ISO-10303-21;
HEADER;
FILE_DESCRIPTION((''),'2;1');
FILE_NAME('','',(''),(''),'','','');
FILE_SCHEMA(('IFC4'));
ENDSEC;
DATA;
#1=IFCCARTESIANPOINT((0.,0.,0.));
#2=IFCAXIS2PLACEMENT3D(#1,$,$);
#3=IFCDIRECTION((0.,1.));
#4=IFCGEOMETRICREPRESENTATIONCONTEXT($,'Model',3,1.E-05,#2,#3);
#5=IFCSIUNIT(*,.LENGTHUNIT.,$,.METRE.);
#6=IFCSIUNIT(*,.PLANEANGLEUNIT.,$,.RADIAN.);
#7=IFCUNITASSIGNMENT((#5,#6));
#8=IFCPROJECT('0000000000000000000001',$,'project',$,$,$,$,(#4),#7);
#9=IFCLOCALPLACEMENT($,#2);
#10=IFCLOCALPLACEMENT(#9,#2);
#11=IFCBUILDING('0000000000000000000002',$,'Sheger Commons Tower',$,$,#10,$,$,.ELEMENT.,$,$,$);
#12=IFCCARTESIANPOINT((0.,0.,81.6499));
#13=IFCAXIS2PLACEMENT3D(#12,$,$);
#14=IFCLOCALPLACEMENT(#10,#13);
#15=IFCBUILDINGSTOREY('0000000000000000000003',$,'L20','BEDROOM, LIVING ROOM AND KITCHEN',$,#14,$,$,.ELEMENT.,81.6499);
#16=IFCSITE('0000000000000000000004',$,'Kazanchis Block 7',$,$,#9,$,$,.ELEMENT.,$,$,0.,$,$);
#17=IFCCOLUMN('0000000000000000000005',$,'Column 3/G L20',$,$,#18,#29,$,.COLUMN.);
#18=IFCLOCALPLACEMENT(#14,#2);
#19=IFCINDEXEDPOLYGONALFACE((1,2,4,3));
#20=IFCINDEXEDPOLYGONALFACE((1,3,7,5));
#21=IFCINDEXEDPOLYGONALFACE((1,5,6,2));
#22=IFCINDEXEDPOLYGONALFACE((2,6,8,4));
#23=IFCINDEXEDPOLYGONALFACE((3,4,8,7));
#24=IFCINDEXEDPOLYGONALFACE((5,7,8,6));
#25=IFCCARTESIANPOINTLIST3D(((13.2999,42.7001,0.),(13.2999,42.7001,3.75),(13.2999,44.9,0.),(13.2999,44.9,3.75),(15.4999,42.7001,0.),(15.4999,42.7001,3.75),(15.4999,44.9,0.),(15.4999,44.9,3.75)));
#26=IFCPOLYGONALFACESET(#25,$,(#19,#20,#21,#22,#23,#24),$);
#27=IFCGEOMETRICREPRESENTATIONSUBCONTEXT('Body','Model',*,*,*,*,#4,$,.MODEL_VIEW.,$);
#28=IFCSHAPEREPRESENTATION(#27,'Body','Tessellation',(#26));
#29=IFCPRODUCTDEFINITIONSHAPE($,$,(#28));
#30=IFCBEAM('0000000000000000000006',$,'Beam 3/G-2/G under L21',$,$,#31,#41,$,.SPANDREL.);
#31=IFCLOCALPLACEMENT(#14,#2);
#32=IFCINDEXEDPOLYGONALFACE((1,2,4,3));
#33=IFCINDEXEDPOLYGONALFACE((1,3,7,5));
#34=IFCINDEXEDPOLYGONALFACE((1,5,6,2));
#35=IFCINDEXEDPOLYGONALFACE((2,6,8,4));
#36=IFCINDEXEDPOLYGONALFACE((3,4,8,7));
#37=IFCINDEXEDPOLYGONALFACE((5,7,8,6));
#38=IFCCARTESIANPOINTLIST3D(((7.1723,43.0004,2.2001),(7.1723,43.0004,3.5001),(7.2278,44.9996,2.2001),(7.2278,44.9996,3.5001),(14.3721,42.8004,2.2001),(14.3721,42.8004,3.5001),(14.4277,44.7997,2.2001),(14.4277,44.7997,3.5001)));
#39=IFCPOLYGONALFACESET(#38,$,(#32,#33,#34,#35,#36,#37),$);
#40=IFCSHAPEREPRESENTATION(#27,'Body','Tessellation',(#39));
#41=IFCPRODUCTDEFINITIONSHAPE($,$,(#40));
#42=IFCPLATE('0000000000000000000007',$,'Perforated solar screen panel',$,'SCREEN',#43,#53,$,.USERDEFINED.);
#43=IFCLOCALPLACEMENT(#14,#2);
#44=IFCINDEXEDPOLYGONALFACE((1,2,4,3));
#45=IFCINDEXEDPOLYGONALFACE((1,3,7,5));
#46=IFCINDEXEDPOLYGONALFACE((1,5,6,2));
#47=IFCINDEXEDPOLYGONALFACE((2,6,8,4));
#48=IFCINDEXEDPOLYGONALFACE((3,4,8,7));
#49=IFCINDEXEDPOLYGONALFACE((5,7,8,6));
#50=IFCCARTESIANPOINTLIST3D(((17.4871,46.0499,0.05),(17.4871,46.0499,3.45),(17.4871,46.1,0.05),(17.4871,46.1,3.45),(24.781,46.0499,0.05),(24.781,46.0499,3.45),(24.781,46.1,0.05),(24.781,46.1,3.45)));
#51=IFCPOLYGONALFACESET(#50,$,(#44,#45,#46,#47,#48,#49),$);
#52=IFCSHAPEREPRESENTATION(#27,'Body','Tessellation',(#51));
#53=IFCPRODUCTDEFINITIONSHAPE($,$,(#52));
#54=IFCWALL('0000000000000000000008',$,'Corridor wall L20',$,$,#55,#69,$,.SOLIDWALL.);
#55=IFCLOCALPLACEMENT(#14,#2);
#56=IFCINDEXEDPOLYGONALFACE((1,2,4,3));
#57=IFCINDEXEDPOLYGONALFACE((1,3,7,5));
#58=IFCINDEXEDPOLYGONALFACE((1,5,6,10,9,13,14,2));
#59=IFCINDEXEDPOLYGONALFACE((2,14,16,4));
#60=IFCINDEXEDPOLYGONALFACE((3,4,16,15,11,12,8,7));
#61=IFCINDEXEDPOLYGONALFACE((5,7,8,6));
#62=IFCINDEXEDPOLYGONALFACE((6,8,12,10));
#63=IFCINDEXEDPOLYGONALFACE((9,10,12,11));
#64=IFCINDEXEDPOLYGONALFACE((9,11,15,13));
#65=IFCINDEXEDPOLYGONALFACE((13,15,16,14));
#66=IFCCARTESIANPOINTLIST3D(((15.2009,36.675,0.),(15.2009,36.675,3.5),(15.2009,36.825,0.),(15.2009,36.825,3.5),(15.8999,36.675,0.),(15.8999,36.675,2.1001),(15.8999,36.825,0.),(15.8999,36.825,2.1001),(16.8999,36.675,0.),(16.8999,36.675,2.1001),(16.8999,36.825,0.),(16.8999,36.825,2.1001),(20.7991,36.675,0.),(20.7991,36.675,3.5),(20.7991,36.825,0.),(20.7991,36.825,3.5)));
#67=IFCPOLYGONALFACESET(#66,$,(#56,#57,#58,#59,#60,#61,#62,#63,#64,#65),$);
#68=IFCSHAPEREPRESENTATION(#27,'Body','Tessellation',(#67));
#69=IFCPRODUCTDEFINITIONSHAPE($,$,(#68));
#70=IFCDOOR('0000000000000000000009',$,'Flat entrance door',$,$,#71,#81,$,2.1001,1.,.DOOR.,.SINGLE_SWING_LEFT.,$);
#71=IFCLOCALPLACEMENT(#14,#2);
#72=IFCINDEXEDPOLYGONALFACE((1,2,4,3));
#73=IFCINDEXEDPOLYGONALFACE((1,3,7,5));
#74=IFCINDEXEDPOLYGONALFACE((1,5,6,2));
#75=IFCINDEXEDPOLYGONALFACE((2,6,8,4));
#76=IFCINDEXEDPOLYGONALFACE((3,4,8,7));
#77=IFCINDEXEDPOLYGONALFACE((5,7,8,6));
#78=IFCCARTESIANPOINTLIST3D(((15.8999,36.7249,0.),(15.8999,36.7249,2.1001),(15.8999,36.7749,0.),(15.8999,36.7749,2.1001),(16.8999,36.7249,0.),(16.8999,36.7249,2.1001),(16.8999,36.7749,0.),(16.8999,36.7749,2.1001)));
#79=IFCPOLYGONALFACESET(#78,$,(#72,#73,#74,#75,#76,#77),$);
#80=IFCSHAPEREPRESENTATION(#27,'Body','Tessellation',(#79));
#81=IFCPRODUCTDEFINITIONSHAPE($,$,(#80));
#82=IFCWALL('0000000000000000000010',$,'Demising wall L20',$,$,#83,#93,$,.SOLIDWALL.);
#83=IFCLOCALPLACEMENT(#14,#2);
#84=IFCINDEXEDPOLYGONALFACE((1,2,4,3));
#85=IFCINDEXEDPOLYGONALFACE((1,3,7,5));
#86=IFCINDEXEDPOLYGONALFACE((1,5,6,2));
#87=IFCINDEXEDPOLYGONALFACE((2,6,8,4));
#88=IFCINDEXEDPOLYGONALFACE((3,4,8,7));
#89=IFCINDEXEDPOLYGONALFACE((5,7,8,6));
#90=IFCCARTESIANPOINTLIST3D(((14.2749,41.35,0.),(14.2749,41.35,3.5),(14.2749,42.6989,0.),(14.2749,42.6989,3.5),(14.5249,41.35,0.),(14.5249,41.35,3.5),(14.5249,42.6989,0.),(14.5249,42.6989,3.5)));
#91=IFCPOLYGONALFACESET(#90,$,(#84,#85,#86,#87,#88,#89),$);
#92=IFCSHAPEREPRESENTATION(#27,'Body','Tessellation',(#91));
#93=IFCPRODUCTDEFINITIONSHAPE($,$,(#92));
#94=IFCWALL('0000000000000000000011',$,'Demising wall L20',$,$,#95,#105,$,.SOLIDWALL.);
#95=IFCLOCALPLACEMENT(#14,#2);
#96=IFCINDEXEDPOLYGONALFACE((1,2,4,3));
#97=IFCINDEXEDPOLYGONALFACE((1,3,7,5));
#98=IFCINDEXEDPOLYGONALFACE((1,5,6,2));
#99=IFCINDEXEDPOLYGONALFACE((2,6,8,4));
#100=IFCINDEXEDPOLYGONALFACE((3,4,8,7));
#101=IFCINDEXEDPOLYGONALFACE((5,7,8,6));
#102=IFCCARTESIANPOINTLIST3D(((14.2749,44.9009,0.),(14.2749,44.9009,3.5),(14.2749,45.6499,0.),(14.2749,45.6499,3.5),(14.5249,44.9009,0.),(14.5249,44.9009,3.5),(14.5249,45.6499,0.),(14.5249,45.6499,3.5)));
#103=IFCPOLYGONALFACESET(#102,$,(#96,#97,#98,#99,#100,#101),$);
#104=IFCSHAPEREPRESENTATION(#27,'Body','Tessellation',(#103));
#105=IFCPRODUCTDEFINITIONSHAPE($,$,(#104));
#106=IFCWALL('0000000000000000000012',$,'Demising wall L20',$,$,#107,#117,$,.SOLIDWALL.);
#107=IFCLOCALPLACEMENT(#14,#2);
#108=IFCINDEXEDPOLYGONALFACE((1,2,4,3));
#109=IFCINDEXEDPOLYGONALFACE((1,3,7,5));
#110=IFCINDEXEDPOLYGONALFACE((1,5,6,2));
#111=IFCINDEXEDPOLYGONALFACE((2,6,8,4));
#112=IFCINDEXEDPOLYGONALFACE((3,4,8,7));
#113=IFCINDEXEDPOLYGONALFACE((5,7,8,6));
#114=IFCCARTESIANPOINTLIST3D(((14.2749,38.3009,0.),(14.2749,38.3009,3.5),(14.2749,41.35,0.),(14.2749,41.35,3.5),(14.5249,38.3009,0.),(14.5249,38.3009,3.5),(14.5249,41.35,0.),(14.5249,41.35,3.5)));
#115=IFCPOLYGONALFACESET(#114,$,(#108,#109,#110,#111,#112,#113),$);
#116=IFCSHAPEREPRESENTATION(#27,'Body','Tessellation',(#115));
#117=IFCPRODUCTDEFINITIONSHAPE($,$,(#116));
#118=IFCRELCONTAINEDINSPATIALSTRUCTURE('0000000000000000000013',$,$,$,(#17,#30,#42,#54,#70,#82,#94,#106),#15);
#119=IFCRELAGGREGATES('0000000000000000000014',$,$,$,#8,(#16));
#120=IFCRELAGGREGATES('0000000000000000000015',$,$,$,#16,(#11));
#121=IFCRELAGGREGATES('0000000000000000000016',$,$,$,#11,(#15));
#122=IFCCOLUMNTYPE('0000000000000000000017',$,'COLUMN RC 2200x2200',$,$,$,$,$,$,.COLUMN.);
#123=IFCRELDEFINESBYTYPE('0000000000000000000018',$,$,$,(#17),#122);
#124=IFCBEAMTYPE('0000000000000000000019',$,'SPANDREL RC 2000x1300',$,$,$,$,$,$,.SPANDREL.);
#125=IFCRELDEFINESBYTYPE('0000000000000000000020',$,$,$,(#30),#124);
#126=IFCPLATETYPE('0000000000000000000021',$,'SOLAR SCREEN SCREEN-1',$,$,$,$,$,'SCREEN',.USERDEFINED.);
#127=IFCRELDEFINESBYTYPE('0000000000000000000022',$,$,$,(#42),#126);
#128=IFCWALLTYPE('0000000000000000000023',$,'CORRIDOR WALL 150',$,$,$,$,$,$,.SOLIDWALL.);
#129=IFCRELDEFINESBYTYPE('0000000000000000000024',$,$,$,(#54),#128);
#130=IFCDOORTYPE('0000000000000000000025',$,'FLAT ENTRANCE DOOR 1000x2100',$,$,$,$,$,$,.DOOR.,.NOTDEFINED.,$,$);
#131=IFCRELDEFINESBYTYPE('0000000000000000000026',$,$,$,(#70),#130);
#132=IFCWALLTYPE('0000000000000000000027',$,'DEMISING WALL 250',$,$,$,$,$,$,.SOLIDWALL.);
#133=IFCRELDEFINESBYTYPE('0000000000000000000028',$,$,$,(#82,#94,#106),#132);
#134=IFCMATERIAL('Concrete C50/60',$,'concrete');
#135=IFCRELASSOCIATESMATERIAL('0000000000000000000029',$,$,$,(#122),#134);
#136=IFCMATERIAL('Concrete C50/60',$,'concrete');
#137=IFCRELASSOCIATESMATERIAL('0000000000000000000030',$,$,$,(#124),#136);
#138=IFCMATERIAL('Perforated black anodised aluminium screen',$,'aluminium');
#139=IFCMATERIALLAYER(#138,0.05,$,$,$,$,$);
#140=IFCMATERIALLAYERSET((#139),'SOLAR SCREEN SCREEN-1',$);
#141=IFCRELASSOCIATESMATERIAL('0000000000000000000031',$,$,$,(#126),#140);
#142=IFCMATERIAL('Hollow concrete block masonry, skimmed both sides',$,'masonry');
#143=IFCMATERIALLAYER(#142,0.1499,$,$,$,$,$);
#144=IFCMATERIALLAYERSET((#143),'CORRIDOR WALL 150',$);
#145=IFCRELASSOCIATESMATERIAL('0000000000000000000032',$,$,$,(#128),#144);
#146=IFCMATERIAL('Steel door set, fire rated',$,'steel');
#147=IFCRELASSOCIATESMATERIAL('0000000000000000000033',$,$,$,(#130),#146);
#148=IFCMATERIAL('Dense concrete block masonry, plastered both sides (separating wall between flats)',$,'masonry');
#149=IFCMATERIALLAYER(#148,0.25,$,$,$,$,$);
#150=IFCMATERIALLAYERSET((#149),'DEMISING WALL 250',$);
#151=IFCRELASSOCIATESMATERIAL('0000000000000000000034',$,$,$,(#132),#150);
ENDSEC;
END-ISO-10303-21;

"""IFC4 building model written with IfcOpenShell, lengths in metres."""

from ifc_helpers import new_model, si_unit, direction, frame, frame_2d, origin, origin_2d, place, context, subcontext, project, spatial, rectangle, extrude, material, layer, layer_set, material_profile, profile_set, type_object, element, fill, save


model = new_model("IFC4")

# Units and contexts
model_context = context("Model", 3, precision=1e-05, world=origin(), true_north=direction((0.0, 1.0)))
body_context = subcontext(model_context, "Body", "Model", "MODEL_VIEW")
ifc_project = project(units=[si_unit("LENGTHUNIT", "METRE"), si_unit("PLANEANGLEUNIT", "RADIAN")], contexts=[model_context])

# Site, building, storey
site_placement = place(None, origin())
site = spatial("IfcSite", under=ifc_project, at=site_placement, Name="Kazanchis Block 7", CompositionType="ELEMENT", RefElevation=0.0)
building_placement = place(site_placement, origin())
building = spatial("IfcBuilding", under=site, at=building_placement, Name="Sheger Commons Tower", CompositionType="ELEMENT")
storey_placement = place(building_placement, frame((0.0, 0.0, 81.6499)))
storey = spatial("IfcBuildingStorey", under=building, at=storey_placement, Name="L20", Description="BEDROOM, LIVING ROOM AND KITCHEN", CompositionType="ELEMENT", Elevation=81.6499)

# Column
ifc_material_1 = material(Name="Concrete C50/60", Category="concrete")
ifc_material_profile_1 = material_profile(ifc_material_1, rectangle(XDim=2.2, YDim=2.2, at=origin_2d()), Name="RC 2200x2200")
ifc_profile_set_1 = profile_set([ifc_material_profile_1], Name="Concrete C50/60")
column_type = type_object("IfcColumnType", Name="COLUMN RC 2200x2200", PredefinedType="COLUMN", material=ifc_profile_set_1)
column_placement = place(storey_placement, frame((14.3999, 43.8, 0.0), z_axis=(0.0, 0.0, 1.0), x_axis=(1.0, 0.0, 0.0)))
element("IfcColumn", 1, at=column_placement, inside=storey, type_object=column_type, Name="Column 3/G L20", PredefinedType="COLUMN", context=body_context, shape_type="SweptSolid", body=[
    extrude(rectangle(XDim=2.2, YDim=2.2, at=origin_2d()), origin(), (0.0, 0.0, 1.0), 3.75),
])

# Beam
ifc_material_2 = material(Name="Concrete C50/60", Category="concrete")
ifc_material_profile_2 = material_profile(ifc_material_2, rectangle(XDim=2.0, YDim=1.3, at=origin_2d()), Name="RC 2000x1300")
ifc_profile_set_2 = profile_set([ifc_material_profile_2], Name="Concrete C50/60")
beam_type = type_object("IfcBeamType", Name="SPANDREL RC 2000x1300", PredefinedType="SPANDREL", material=ifc_profile_set_2)
beam_placement = place(storey_placement, frame((14.3999, 43.8, 2.8501), z_axis=(-0.999615, 0.02776, 0.0), x_axis=(-0.02776, -0.999615, 0.0)))
element("IfcBeam", 2, at=beam_placement, inside=storey, type_object=beam_type, Name="Beam 3/G-2/G under L21", PredefinedType="SPANDREL", context=body_context, shape_type="SweptSolid", body=[
    extrude(rectangle(XDim=2.0, YDim=1.3, at=origin_2d()), origin(), (0.0, 0.0, 1.0), 7.2026),
])

# Plate
ifc_material_3 = material(Name="Perforated black anodised aluminium screen", Category="aluminium")
ifc_layer_1 = layer(ifc_material_3, 0.05)
ifc_layer_set_1 = layer_set([ifc_layer_1], Name="SOLAR SCREEN SCREEN-1")
plate_type = type_object("IfcPlateType", Name="SOLAR SCREEN SCREEN-1", ElementType="SCREEN", PredefinedType="USERDEFINED", material=ifc_layer_set_1)
plate_placement = place(storey_placement, frame((21.134, 46.075, 0.05), z_axis=(0.0, 0.0, 1.0), x_axis=(-1.0, 0.0, 0.0)))
element("IfcPlate", 3, at=plate_placement, inside=storey, type_object=plate_type, Name="Perforated solar screen panel", ObjectType="SCREEN", PredefinedType="USERDEFINED", context=body_context, shape_type="SweptSolid", body=[
    extrude(rectangle(XDim=7.2939, YDim=0.05, at=origin_2d()), origin(), (0.0, 0.0, 1.0), 3.3999),
])

# Wall, opening, door
ifc_material_4 = material(Name="Hollow concrete block masonry, skimmed both sides", Category="masonry")
ifc_layer_2 = layer(ifc_material_4, 0.1499)
ifc_layer_set_2 = layer_set([ifc_layer_2], Name="CORRIDOR WALL 150")
wall_type_1 = type_object("IfcWallType", Name="CORRIDOR WALL 150", PredefinedType="SOLIDWALL", material=ifc_layer_set_2)
wall_1_placement = place(storey_placement, frame((15.2009, 36.75, 0.0), z_axis=(0.0, 0.0, 1.0), x_axis=(1.0, 0.0, 0.0)))
wall_1 = element("IfcWall", 4, at=wall_1_placement, inside=storey, type_object=wall_type_1, Name="Corridor wall L20", PredefinedType="SOLIDWALL", context=body_context, shape_type="SweptSolid", body=[
    extrude(rectangle(XDim=5.5981, YDim=0.1499, at=frame_2d((2.7991, 0.0))), origin(), (0.0, 0.0, 1.0), 3.5),
])
opening_1_placement = place(wall_1_placement, frame((0.699, 0.0, 0.0)))
opening_1 = element("IfcOpeningElement", 5, at=opening_1_placement, cuts=wall_1, PredefinedType="OPENING", context=body_context, shape_type="SweptSolid", body=[
    extrude(rectangle(XDim=1.0, YDim=2.1001, at=frame_2d((0.5, 1.05))), frame((0.0, 0.085, 0.0), z_axis=(0.0, -1.0, 0.0), x_axis=(1.0, 0.0, 0.0)), (0.0, 0.0, 1.0), 0.1699),
])
ifc_material_5 = material(Name="Steel door set, fire rated", Category="steel")
door_type_1 = type_object("IfcDoorType", Name="FLAT ENTRANCE DOOR 1000x2100", OperationType="NOTDEFINED", PredefinedType="DOOR", material=ifc_material_5)
door_1_placement = place(opening_1_placement, origin())
door_1 = element("IfcDoor", 6, at=door_1_placement, inside=storey, type_object=door_type_1, Name="Flat entrance door", OperationType="SINGLE_SWING_LEFT", OverallHeight=2.1001, OverallWidth=1.0, PredefinedType="DOOR", context=body_context, shape_type="SweptSolid", body=[
    extrude(rectangle(XDim=1.0, YDim=2.1001, at=frame_2d((0.5, 1.05))), frame((0.0, 0.0249, 0.0), z_axis=(0.0, -1.0, 0.0), x_axis=(1.0, 0.0, 0.0)), (0.0, 0.0, 1.0), 0.05),
])
fill(opening_1, door_1)

# Walls
ifc_material_6 = material(Name="Dense concrete block masonry, plastered both sides (separating wall between flats)", Category="masonry")
ifc_layer_3 = layer(ifc_material_6, 0.25)
ifc_layer_set_3 = layer_set([ifc_layer_3], Name="DEMISING WALL 250")
wall_type_2 = type_object("IfcWallType", Name="DEMISING WALL 250", PredefinedType="SOLIDWALL", material=ifc_layer_set_3)
wall_2_placement = place(storey_placement, frame((14.3999, 41.3501, 0.0), z_axis=(0.0, 0.0, 1.0), x_axis=(0.0, 1.0, 0.0)))
element("IfcWall", 7, at=wall_2_placement, inside=storey, type_object=wall_type_2, Name="Demising wall L20", PredefinedType="SOLIDWALL", context=body_context, shape_type="SweptSolid", body=[
    extrude(rectangle(XDim=1.3489, YDim=0.25, at=frame_2d((0.6743, 0.0))), origin(), (0.0, 0.0, 1.0), 3.5),
])
wall_3_placement = place(storey_placement, frame((14.3999, 44.9009, 0.0), z_axis=(0.0, 0.0, 1.0), x_axis=(0.0, 1.0, 0.0)))
element("IfcWall", 8, at=wall_3_placement, inside=storey, type_object=wall_type_2, Name="Demising wall L20", PredefinedType="SOLIDWALL", context=body_context, shape_type="SweptSolid", body=[
    extrude(rectangle(XDim=0.749, YDim=0.25, at=frame_2d((0.3745, 0.0))), origin(), (0.0, 0.0, 1.0), 3.5),
])
wall_4_placement = place(storey_placement, frame((14.3999, 38.301, 0.0), z_axis=(0.0, 0.0, 1.0), x_axis=(0.0, 1.0, 0.0)))
element("IfcWall", 9, at=wall_4_placement, inside=storey, type_object=wall_type_2, Name="Demising wall L20", PredefinedType="SOLIDWALL", context=body_context, shape_type="SweptSolid", body=[
    extrude(rectangle(XDim=3.0491, YDim=0.25, at=frame_2d((1.5244, 0.0))), origin(), (0.0, 0.0, 1.0), 3.5),
])

save(model, "model.ifc")
